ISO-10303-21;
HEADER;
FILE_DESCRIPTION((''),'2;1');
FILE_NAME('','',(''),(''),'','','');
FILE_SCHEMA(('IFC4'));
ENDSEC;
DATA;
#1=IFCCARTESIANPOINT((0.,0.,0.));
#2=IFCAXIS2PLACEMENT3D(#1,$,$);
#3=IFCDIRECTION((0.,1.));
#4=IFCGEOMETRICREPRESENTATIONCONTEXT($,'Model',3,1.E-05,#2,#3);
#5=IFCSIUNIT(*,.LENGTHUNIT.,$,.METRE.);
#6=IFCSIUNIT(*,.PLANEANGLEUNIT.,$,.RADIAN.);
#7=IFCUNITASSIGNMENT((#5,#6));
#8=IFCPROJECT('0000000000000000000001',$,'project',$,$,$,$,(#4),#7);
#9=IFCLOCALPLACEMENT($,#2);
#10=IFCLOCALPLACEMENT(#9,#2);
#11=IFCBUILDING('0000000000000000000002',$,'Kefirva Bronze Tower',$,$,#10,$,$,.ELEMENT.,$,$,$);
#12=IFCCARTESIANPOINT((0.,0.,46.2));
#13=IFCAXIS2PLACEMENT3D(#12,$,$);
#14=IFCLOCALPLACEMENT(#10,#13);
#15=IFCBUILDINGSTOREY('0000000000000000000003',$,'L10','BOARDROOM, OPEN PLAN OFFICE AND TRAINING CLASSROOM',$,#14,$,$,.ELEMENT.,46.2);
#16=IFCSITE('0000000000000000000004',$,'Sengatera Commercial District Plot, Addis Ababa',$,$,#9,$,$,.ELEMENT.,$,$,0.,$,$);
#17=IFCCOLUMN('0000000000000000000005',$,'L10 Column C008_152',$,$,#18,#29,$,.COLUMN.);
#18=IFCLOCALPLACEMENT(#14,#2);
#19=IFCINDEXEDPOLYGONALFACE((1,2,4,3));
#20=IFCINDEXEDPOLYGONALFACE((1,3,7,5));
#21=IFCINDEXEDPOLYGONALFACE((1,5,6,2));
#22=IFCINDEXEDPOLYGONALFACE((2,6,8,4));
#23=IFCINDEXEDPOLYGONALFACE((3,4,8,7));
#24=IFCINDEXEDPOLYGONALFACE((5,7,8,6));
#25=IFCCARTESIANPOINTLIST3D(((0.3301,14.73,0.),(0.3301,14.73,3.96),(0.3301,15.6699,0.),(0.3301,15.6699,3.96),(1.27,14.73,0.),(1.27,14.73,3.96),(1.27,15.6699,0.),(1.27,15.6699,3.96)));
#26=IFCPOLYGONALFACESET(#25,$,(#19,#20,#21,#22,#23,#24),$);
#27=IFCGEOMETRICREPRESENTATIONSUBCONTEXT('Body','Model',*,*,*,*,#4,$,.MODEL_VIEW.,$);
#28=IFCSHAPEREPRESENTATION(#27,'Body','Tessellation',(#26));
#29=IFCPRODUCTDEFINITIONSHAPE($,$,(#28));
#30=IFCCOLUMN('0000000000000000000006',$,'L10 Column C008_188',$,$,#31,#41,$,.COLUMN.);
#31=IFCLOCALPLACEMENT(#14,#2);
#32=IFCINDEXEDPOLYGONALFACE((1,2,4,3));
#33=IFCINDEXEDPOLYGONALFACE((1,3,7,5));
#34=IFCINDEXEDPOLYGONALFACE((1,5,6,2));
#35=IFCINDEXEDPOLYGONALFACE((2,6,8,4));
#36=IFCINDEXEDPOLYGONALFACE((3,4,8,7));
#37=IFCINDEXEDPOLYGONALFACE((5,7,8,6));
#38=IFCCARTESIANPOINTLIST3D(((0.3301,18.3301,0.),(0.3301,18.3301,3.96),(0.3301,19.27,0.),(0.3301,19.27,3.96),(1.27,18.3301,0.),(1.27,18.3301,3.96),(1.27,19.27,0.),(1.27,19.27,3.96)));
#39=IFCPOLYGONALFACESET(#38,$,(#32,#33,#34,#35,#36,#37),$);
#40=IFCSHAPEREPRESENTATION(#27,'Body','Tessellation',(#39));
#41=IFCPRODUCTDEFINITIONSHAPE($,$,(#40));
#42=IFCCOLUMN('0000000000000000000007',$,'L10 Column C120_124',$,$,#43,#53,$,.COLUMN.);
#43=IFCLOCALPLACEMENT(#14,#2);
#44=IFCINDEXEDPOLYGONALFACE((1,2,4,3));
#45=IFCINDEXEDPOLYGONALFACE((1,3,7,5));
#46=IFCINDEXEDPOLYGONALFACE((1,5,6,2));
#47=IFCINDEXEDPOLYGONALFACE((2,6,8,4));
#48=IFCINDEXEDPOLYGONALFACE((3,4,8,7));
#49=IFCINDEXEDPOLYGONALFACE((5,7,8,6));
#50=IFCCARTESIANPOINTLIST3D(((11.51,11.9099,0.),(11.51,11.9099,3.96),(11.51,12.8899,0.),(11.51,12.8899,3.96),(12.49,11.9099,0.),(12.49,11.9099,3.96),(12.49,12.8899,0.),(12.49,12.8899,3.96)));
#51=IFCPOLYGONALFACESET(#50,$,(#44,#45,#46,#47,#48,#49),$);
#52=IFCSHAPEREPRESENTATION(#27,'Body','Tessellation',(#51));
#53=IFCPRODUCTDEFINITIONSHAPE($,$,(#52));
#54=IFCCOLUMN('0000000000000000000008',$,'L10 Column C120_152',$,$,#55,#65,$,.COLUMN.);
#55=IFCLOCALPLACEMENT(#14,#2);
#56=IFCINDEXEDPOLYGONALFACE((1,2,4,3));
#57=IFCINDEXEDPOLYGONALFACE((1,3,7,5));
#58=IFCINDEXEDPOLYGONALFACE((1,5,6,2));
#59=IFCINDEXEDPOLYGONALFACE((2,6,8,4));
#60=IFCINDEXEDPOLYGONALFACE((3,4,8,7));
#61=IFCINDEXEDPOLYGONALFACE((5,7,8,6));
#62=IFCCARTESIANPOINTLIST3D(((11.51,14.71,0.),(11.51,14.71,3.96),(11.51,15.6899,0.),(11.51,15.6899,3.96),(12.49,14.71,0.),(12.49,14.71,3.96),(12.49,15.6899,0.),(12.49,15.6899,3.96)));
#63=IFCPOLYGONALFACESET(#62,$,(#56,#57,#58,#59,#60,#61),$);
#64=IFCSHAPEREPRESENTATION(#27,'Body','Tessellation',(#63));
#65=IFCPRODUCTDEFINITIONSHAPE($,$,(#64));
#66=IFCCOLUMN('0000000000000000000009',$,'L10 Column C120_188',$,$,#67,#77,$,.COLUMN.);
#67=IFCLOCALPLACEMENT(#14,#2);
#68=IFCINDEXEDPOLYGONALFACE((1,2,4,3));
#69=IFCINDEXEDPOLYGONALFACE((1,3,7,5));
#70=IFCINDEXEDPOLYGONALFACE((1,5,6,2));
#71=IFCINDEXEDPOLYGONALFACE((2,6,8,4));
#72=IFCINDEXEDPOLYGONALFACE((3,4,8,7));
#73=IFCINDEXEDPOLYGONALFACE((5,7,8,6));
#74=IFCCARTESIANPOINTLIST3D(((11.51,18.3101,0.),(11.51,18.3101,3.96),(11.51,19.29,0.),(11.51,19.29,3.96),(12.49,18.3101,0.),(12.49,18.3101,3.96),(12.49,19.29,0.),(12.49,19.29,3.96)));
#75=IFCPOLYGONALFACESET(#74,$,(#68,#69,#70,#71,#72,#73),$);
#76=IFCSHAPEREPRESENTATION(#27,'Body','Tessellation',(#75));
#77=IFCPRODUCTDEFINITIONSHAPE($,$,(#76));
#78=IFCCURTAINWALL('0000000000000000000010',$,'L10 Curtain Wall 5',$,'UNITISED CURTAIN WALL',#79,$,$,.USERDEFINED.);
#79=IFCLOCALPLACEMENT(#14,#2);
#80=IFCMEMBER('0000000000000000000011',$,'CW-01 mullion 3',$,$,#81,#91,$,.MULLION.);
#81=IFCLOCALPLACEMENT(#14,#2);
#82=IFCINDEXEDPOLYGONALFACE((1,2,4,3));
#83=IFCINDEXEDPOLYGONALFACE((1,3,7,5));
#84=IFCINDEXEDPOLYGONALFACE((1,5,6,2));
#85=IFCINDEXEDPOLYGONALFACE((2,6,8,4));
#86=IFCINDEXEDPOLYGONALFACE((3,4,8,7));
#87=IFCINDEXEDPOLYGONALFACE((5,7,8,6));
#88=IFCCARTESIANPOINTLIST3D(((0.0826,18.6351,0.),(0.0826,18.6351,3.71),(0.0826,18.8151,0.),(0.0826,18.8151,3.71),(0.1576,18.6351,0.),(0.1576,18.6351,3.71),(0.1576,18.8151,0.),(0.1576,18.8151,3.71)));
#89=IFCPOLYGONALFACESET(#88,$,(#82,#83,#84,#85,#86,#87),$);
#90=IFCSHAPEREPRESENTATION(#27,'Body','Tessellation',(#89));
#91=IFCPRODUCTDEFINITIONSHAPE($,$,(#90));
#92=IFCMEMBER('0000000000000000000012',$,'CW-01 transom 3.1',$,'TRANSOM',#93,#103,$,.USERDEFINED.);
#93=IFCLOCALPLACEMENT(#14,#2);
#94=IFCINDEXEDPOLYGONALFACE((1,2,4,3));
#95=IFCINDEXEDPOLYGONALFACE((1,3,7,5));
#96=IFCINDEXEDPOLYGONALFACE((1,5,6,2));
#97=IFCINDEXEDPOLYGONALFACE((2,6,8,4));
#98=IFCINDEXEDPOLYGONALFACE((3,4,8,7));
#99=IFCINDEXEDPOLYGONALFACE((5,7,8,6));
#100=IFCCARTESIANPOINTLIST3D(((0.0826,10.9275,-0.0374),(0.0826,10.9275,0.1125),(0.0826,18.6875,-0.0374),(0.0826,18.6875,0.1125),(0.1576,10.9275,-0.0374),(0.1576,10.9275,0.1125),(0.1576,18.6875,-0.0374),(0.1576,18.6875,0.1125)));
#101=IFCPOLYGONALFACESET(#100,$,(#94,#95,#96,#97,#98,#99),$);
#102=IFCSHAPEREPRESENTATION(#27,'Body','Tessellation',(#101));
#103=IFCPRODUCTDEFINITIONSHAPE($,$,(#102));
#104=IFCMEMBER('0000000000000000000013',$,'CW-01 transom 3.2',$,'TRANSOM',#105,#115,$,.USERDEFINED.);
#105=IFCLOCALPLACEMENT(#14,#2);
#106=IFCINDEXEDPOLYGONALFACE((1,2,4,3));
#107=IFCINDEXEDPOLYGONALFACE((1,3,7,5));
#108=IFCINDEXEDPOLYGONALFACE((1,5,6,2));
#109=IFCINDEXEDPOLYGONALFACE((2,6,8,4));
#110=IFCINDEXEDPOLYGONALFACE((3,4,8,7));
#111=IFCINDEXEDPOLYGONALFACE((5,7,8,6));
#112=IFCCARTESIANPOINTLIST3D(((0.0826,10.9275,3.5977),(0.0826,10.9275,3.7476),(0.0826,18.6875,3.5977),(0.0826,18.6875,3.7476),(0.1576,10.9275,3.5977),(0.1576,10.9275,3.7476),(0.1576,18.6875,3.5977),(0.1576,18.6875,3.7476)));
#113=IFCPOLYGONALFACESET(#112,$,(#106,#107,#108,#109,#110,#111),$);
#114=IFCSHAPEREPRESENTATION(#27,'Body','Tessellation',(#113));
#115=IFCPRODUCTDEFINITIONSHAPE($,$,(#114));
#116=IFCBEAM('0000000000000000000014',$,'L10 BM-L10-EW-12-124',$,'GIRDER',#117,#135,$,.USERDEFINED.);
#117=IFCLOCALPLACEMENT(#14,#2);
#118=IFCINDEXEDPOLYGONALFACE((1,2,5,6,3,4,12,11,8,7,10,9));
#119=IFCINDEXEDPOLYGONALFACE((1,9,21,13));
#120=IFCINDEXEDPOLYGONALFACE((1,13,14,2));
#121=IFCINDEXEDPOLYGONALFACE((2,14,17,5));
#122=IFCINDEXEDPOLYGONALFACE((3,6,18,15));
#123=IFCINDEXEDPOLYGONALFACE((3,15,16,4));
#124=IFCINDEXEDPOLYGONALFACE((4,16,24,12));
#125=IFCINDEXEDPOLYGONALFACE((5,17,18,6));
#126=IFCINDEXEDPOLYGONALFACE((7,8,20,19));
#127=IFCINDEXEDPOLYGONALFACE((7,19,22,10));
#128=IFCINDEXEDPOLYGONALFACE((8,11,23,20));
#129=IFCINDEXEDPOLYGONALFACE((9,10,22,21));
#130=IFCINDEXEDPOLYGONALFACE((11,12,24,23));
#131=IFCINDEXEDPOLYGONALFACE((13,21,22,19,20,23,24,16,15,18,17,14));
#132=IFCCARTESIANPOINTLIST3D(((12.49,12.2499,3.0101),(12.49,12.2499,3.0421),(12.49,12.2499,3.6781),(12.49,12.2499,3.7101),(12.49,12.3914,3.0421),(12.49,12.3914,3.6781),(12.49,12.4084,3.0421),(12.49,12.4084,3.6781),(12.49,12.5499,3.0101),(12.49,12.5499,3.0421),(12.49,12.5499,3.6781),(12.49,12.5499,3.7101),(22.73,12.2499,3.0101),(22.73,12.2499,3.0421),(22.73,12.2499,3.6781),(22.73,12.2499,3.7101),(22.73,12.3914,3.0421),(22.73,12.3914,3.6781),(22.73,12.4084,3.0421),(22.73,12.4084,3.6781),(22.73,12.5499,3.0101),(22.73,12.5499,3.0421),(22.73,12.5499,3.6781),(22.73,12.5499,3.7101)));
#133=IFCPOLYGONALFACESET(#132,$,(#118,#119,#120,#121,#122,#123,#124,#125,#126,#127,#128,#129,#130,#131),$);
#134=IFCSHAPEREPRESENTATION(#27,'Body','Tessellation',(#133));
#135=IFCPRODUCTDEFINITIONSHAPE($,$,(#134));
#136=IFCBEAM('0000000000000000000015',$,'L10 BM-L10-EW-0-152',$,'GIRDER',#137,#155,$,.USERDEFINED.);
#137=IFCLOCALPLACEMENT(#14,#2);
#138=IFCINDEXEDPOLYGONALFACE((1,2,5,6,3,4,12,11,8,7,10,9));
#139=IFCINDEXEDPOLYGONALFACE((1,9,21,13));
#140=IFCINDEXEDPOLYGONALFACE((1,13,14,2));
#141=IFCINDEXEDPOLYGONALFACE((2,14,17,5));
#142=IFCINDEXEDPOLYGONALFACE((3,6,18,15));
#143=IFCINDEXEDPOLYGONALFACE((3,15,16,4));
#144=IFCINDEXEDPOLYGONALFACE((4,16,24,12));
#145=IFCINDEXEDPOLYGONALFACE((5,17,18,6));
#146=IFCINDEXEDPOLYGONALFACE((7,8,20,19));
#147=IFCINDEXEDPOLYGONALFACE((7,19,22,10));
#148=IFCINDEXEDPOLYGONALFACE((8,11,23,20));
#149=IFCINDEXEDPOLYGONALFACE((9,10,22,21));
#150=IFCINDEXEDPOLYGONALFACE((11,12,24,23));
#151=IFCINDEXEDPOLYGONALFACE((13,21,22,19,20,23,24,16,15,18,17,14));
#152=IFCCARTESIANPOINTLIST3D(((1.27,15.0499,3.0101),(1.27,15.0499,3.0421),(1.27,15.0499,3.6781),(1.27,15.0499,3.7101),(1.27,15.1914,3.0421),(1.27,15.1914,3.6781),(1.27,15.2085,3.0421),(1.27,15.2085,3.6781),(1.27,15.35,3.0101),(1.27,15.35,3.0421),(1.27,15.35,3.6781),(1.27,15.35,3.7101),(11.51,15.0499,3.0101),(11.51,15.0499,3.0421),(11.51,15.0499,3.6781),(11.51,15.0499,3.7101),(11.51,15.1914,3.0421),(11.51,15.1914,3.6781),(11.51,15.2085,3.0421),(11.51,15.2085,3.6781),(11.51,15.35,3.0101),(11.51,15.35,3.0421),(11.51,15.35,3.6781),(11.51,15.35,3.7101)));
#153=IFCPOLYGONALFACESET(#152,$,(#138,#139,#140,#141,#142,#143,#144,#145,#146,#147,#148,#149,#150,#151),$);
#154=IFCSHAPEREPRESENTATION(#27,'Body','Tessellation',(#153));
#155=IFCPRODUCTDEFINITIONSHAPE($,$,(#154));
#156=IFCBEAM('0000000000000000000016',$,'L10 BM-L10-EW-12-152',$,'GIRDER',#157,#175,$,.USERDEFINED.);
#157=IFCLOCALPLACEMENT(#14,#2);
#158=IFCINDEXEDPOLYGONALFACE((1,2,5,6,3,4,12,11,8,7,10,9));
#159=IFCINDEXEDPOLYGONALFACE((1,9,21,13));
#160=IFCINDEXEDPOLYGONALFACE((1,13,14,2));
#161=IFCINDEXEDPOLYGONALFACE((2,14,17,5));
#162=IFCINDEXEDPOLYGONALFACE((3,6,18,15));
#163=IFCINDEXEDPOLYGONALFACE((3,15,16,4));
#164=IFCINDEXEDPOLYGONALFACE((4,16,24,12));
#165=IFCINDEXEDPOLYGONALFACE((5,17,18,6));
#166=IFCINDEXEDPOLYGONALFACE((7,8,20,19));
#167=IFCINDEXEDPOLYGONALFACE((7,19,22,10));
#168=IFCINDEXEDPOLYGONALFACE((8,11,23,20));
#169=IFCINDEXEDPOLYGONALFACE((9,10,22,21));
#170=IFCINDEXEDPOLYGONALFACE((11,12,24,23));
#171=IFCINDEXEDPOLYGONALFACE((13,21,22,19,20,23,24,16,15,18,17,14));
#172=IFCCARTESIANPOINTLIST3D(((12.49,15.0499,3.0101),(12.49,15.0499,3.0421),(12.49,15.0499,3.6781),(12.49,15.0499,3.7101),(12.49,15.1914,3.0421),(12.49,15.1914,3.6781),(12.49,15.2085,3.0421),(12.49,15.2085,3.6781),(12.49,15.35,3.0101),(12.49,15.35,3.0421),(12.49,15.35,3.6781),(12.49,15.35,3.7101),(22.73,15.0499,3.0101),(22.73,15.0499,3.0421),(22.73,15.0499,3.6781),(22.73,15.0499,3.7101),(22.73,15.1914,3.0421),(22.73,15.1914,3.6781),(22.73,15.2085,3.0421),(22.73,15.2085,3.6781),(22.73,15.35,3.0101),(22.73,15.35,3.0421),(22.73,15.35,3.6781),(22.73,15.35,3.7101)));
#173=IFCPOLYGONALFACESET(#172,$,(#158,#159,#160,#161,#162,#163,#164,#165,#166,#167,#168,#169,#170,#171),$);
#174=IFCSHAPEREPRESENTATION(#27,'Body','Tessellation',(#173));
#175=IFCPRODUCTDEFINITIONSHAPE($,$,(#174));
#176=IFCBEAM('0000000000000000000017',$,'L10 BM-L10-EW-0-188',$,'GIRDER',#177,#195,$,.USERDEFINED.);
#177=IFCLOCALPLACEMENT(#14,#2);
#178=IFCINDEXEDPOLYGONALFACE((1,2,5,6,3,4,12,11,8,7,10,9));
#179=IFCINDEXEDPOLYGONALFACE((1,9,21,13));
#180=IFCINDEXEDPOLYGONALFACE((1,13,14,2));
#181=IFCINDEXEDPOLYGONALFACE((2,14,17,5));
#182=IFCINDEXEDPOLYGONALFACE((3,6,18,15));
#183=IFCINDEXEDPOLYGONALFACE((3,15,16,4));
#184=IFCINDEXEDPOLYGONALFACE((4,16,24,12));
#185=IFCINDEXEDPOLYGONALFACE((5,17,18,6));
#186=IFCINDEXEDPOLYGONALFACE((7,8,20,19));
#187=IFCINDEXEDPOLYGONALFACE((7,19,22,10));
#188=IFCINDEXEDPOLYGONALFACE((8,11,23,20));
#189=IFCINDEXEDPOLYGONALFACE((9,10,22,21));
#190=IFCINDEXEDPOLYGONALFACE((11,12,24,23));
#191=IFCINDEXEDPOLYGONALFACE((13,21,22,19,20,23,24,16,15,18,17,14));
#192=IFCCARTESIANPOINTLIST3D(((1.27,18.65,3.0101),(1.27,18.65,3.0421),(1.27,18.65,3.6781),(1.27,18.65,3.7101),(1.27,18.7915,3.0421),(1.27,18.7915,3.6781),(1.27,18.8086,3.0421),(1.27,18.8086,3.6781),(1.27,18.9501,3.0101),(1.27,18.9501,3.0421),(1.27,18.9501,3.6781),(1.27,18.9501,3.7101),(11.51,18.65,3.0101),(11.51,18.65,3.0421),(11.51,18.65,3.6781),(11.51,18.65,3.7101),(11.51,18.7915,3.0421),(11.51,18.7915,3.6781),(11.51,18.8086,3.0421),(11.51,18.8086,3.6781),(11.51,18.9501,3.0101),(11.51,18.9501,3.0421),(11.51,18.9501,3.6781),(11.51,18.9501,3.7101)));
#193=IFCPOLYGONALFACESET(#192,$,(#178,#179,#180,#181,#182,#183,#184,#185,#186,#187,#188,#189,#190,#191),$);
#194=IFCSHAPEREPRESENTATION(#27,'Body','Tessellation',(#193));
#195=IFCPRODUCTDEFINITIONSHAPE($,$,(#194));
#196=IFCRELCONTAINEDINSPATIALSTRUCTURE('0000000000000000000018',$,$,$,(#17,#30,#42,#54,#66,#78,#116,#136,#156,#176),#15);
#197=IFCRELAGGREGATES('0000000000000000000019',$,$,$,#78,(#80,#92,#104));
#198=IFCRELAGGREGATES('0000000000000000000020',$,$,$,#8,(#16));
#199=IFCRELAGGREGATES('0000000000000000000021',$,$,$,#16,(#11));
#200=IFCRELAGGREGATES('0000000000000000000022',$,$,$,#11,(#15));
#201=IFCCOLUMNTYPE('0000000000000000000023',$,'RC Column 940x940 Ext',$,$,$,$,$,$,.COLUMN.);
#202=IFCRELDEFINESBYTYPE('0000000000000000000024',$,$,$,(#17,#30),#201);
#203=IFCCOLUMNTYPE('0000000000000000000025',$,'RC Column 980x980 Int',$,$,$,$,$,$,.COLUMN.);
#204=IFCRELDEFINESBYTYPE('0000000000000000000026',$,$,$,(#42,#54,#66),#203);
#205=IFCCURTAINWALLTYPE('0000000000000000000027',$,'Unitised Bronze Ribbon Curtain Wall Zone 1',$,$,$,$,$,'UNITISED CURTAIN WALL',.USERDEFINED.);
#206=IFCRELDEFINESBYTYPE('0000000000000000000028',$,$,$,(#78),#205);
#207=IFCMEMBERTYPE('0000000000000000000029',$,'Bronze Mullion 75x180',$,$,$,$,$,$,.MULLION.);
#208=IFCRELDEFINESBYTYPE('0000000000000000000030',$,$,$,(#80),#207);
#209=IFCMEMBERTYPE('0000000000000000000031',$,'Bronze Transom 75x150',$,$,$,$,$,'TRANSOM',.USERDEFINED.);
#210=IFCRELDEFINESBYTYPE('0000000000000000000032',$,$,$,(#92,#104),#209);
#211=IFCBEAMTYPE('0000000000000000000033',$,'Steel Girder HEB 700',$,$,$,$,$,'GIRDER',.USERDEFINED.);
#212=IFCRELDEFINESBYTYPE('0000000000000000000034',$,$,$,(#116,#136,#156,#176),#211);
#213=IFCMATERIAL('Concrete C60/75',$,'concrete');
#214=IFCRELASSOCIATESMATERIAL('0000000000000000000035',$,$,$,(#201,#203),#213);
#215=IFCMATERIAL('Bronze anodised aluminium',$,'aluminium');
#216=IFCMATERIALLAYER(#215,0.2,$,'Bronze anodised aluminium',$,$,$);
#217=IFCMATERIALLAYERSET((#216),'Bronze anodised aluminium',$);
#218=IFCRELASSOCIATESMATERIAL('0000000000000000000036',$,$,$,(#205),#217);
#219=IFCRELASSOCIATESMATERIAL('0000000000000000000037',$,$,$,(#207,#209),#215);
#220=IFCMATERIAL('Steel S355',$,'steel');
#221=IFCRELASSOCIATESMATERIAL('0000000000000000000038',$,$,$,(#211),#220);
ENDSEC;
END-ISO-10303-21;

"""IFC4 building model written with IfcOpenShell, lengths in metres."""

from ifc_helpers import new_model, si_unit, direction, frame, origin, origin_2d, place, context, subcontext, project, spatial, rectangle, i_section, extrude, material, layer, layer_set, material_profile, profile_set, type_object, element, aggregate, save


model = new_model("IFC4")

# Units and contexts
model_context = context("Model", 3, precision=1e-05, world=origin(), true_north=direction((0.0, 1.0)))
body_context = subcontext(model_context, "Body", "Model", "MODEL_VIEW")
ifc_project = project(units=[si_unit("LENGTHUNIT", "METRE"), si_unit("PLANEANGLEUNIT", "RADIAN")], contexts=[model_context])

# Site, building, storey
site_placement = place(None, origin())
site = spatial("IfcSite", under=ifc_project, at=site_placement, Name="Sengatera Commercial District Plot, Addis Ababa", CompositionType="ELEMENT", RefElevation=0.0)
building_placement = place(site_placement, origin())
building = spatial("IfcBuilding", under=site, at=building_placement, Name="Kefirva Bronze Tower", CompositionType="ELEMENT")
storey_placement = place(building_placement, frame((0.0, 0.0, 46.2)))
storey = spatial("IfcBuildingStorey", under=building, at=storey_placement, Name="L10", Description="BOARDROOM, OPEN PLAN OFFICE AND TRAINING CLASSROOM", CompositionType="ELEMENT", Elevation=46.2)

# Columns
ifc_material_1 = material(Name="Concrete C60/75", Category="concrete")
ifc_material_profile_1 = material_profile(ifc_material_1, rectangle(XDim=0.9399, YDim=0.9399, at=origin_2d()), Name="RC 940x940")
ifc_profile_set_1 = profile_set([ifc_material_profile_1], Name="Concrete C60/75")
column_type_1 = type_object("IfcColumnType", Name="RC Column 940x940 Ext", PredefinedType="COLUMN", material=ifc_profile_set_1)
for number, where, z_axis, x_axis, name in (
    (1, (0.8, 15.2, 0.0), (0.0, 0.0, 1.0), (1.0, 0.0, 0.0), "L10 Column C008_152"),
    (2, (0.8, 18.8, 0.0), (0.0, 0.0, 1.0), (1.0, 0.0, 0.0), "L10 Column C008_188"),
):
    element("IfcColumn", number, at=place(storey_placement, frame(where, z_axis=z_axis, x_axis=x_axis)), inside=storey, type_object=column_type_1, Name=name, PredefinedType="COLUMN", context=body_context, shape_type="SweptSolid", body=[
        extrude(rectangle(XDim=0.9399, YDim=0.9399, at=origin_2d()), origin(), (0.0, 0.0, 1.0), 3.96),
    ])
ifc_material_profile_2 = material_profile(ifc_material_1, rectangle(XDim=0.98, YDim=0.98, at=origin_2d()), Name="RC 980x980")
ifc_profile_set_2 = profile_set([ifc_material_profile_2], Name="Concrete C60/75")
column_type_2 = type_object("IfcColumnType", Name="RC Column 980x980 Int", PredefinedType="COLUMN", material=ifc_profile_set_2)
for number, where, z_axis, x_axis, name in (
    (3, (12.0, 12.3999, 0.0), (0.0, 0.0, 1.0), (1.0, 0.0, 0.0), "L10 Column C120_124"),
    (4, (12.0, 15.2, 0.0), (0.0, 0.0, 1.0), (1.0, 0.0, 0.0), "L10 Column C120_152"),
    (5, (12.0, 18.8, 0.0), (0.0, 0.0, 1.0), (1.0, 0.0, 0.0), "L10 Column C120_188"),
):
    element("IfcColumn", number, at=place(storey_placement, frame(where, z_axis=z_axis, x_axis=x_axis)), inside=storey, type_object=column_type_2, Name=name, PredefinedType="COLUMN", context=body_context, shape_type="SweptSolid", body=[
        extrude(rectangle(XDim=0.98, YDim=0.98, at=origin_2d()), origin(), (0.0, 0.0, 1.0), 3.96),
    ])

# Curtain wall, members
ifc_material_2 = material(Name="Bronze anodised aluminium", Category="aluminium")
ifc_layer_1 = layer(ifc_material_2, 0.2, Name="Bronze anodised aluminium")
ifc_layer_set_1 = layer_set([ifc_layer_1], Name="Bronze anodised aluminium")
curtain_wall_type = type_object("IfcCurtainWallType", Name="Unitised Bronze Ribbon Curtain Wall Zone 1", ElementType="UNITISED CURTAIN WALL", PredefinedType="USERDEFINED", material=ifc_layer_set_1)
curtain_wall_placement = place(storey_placement, origin())
curtain_wall = element("IfcCurtainWall", 6, at=curtain_wall_placement, inside=storey, type_object=curtain_wall_type, Name="L10 Curtain Wall 5", ObjectType="UNITISED CURTAIN WALL", PredefinedType="USERDEFINED")
ifc_material_profile_3 = material_profile(ifc_material_2, rectangle(XDim=0.075, YDim=0.1799, at=origin_2d()), Name="ALU 75x180")
ifc_profile_set_3 = profile_set([ifc_material_profile_3], Name="Bronze anodised aluminium")
member_type_1 = type_object("IfcMemberType", Name="Bronze Mullion 75x180", PredefinedType="MULLION", material=ifc_profile_set_3)
member_1_placement = place(storey_placement, frame((0.1201, 18.7251, 0.0), z_axis=(0.0, 0.0, 1.0), x_axis=(1.0, 0.0, 0.0)))
member_1 = element("IfcMember", 7, at=member_1_placement, type_object=member_type_1, Name="CW-01 mullion 3", PredefinedType="MULLION", context=body_context, shape_type="SweptSolid", body=[
    extrude(rectangle(XDim=0.075, YDim=0.1799, at=origin_2d()), origin(), (0.0, 0.0, 1.0), 3.71),
])
ifc_material_profile_4 = material_profile(ifc_material_2, rectangle(XDim=0.075, YDim=0.1499, at=origin_2d()), Name="ALU 75x150")
ifc_profile_set_4 = profile_set([ifc_material_profile_4], Name="Bronze anodised aluminium")
member_type_2 = type_object("IfcMemberType", Name="Bronze Transom 75x150", ElementType="TRANSOM", PredefinedType="USERDEFINED", material=ifc_profile_set_4)
member_2_placement = place(storey_placement, frame((0.1201, 18.6875, 0.0376), z_axis=(0.0, -1.0, 0.0), x_axis=(1.0, 0.0, 0.0)))
member_2 = element("IfcMember", 8, at=member_2_placement, type_object=member_type_2, Name="CW-01 transom 3.1", ObjectType="TRANSOM", PredefinedType="USERDEFINED", context=body_context, shape_type="SweptSolid", body=[
    extrude(rectangle(XDim=0.075, YDim=0.1499, at=origin_2d()), origin(), (0.0, 0.0, 1.0), 7.76),
])
member_3_placement = place(storey_placement, frame((0.1201, 18.6875, 3.6726), z_axis=(0.0, -1.0, 0.0), x_axis=(1.0, 0.0, 0.0)))
member_3 = element("IfcMember", 9, at=member_3_placement, type_object=member_type_2, Name="CW-01 transom 3.2", ObjectType="TRANSOM", PredefinedType="USERDEFINED", context=body_context, shape_type="SweptSolid", body=[
    extrude(rectangle(XDim=0.075, YDim=0.1499, at=origin_2d()), origin(), (0.0, 0.0, 1.0), 7.76),
])

# Beams
ifc_material_3 = material(Name="Steel S355", Category="steel")
ifc_material_profile_5 = material_profile(ifc_material_3, i_section(OverallWidth=0.3, OverallDepth=0.7, WebThickness=0.0171, FlangeThickness=0.032, at=origin_2d()), Name="HEB 700")
ifc_profile_set_5 = profile_set([ifc_material_profile_5], Name="Steel S355")
beam_type_1 = type_object("IfcBeamType", Name="Steel Girder HEB 700", ElementType="GIRDER", PredefinedType="USERDEFINED", material=ifc_profile_set_5)
for number, where, z_axis, x_axis, name in (
    (10, (12.49, 12.3999, 3.3601), (1.0, 0.0, 0.0), (0.0, 1.0, 0.0), "L10 BM-L10-EW-12-124"),
    (11, (1.27, 15.2, 3.3601), (1.0, 0.0, 0.0), (0.0, 1.0, 0.0), "L10 BM-L10-EW-0-152"),
    (12, (12.49, 15.2, 3.3601), (1.0, 0.0, 0.0), (0.0, 1.0, 0.0), "L10 BM-L10-EW-12-152"),
    (13, (1.27, 18.8, 3.3601), (1.0, 0.0, 0.0), (0.0, 1.0, 0.0), "L10 BM-L10-EW-0-188"),
):
    element("IfcBeam", number, at=place(storey_placement, frame(where, z_axis=z_axis, x_axis=x_axis)), inside=storey, type_object=beam_type_1, Name=name, ObjectType="GIRDER", PredefinedType="USERDEFINED", context=body_context, shape_type="SweptSolid", body=[
        extrude(i_section(OverallWidth=0.3, OverallDepth=0.7, WebThickness=0.0171, FlangeThickness=0.032, at=origin_2d()), origin(), (0.0, 0.0, 1.0), 10.24),
    ])

aggregate(curtain_wall, [member_1, member_2, member_3])

save(model, "model.ifc")
